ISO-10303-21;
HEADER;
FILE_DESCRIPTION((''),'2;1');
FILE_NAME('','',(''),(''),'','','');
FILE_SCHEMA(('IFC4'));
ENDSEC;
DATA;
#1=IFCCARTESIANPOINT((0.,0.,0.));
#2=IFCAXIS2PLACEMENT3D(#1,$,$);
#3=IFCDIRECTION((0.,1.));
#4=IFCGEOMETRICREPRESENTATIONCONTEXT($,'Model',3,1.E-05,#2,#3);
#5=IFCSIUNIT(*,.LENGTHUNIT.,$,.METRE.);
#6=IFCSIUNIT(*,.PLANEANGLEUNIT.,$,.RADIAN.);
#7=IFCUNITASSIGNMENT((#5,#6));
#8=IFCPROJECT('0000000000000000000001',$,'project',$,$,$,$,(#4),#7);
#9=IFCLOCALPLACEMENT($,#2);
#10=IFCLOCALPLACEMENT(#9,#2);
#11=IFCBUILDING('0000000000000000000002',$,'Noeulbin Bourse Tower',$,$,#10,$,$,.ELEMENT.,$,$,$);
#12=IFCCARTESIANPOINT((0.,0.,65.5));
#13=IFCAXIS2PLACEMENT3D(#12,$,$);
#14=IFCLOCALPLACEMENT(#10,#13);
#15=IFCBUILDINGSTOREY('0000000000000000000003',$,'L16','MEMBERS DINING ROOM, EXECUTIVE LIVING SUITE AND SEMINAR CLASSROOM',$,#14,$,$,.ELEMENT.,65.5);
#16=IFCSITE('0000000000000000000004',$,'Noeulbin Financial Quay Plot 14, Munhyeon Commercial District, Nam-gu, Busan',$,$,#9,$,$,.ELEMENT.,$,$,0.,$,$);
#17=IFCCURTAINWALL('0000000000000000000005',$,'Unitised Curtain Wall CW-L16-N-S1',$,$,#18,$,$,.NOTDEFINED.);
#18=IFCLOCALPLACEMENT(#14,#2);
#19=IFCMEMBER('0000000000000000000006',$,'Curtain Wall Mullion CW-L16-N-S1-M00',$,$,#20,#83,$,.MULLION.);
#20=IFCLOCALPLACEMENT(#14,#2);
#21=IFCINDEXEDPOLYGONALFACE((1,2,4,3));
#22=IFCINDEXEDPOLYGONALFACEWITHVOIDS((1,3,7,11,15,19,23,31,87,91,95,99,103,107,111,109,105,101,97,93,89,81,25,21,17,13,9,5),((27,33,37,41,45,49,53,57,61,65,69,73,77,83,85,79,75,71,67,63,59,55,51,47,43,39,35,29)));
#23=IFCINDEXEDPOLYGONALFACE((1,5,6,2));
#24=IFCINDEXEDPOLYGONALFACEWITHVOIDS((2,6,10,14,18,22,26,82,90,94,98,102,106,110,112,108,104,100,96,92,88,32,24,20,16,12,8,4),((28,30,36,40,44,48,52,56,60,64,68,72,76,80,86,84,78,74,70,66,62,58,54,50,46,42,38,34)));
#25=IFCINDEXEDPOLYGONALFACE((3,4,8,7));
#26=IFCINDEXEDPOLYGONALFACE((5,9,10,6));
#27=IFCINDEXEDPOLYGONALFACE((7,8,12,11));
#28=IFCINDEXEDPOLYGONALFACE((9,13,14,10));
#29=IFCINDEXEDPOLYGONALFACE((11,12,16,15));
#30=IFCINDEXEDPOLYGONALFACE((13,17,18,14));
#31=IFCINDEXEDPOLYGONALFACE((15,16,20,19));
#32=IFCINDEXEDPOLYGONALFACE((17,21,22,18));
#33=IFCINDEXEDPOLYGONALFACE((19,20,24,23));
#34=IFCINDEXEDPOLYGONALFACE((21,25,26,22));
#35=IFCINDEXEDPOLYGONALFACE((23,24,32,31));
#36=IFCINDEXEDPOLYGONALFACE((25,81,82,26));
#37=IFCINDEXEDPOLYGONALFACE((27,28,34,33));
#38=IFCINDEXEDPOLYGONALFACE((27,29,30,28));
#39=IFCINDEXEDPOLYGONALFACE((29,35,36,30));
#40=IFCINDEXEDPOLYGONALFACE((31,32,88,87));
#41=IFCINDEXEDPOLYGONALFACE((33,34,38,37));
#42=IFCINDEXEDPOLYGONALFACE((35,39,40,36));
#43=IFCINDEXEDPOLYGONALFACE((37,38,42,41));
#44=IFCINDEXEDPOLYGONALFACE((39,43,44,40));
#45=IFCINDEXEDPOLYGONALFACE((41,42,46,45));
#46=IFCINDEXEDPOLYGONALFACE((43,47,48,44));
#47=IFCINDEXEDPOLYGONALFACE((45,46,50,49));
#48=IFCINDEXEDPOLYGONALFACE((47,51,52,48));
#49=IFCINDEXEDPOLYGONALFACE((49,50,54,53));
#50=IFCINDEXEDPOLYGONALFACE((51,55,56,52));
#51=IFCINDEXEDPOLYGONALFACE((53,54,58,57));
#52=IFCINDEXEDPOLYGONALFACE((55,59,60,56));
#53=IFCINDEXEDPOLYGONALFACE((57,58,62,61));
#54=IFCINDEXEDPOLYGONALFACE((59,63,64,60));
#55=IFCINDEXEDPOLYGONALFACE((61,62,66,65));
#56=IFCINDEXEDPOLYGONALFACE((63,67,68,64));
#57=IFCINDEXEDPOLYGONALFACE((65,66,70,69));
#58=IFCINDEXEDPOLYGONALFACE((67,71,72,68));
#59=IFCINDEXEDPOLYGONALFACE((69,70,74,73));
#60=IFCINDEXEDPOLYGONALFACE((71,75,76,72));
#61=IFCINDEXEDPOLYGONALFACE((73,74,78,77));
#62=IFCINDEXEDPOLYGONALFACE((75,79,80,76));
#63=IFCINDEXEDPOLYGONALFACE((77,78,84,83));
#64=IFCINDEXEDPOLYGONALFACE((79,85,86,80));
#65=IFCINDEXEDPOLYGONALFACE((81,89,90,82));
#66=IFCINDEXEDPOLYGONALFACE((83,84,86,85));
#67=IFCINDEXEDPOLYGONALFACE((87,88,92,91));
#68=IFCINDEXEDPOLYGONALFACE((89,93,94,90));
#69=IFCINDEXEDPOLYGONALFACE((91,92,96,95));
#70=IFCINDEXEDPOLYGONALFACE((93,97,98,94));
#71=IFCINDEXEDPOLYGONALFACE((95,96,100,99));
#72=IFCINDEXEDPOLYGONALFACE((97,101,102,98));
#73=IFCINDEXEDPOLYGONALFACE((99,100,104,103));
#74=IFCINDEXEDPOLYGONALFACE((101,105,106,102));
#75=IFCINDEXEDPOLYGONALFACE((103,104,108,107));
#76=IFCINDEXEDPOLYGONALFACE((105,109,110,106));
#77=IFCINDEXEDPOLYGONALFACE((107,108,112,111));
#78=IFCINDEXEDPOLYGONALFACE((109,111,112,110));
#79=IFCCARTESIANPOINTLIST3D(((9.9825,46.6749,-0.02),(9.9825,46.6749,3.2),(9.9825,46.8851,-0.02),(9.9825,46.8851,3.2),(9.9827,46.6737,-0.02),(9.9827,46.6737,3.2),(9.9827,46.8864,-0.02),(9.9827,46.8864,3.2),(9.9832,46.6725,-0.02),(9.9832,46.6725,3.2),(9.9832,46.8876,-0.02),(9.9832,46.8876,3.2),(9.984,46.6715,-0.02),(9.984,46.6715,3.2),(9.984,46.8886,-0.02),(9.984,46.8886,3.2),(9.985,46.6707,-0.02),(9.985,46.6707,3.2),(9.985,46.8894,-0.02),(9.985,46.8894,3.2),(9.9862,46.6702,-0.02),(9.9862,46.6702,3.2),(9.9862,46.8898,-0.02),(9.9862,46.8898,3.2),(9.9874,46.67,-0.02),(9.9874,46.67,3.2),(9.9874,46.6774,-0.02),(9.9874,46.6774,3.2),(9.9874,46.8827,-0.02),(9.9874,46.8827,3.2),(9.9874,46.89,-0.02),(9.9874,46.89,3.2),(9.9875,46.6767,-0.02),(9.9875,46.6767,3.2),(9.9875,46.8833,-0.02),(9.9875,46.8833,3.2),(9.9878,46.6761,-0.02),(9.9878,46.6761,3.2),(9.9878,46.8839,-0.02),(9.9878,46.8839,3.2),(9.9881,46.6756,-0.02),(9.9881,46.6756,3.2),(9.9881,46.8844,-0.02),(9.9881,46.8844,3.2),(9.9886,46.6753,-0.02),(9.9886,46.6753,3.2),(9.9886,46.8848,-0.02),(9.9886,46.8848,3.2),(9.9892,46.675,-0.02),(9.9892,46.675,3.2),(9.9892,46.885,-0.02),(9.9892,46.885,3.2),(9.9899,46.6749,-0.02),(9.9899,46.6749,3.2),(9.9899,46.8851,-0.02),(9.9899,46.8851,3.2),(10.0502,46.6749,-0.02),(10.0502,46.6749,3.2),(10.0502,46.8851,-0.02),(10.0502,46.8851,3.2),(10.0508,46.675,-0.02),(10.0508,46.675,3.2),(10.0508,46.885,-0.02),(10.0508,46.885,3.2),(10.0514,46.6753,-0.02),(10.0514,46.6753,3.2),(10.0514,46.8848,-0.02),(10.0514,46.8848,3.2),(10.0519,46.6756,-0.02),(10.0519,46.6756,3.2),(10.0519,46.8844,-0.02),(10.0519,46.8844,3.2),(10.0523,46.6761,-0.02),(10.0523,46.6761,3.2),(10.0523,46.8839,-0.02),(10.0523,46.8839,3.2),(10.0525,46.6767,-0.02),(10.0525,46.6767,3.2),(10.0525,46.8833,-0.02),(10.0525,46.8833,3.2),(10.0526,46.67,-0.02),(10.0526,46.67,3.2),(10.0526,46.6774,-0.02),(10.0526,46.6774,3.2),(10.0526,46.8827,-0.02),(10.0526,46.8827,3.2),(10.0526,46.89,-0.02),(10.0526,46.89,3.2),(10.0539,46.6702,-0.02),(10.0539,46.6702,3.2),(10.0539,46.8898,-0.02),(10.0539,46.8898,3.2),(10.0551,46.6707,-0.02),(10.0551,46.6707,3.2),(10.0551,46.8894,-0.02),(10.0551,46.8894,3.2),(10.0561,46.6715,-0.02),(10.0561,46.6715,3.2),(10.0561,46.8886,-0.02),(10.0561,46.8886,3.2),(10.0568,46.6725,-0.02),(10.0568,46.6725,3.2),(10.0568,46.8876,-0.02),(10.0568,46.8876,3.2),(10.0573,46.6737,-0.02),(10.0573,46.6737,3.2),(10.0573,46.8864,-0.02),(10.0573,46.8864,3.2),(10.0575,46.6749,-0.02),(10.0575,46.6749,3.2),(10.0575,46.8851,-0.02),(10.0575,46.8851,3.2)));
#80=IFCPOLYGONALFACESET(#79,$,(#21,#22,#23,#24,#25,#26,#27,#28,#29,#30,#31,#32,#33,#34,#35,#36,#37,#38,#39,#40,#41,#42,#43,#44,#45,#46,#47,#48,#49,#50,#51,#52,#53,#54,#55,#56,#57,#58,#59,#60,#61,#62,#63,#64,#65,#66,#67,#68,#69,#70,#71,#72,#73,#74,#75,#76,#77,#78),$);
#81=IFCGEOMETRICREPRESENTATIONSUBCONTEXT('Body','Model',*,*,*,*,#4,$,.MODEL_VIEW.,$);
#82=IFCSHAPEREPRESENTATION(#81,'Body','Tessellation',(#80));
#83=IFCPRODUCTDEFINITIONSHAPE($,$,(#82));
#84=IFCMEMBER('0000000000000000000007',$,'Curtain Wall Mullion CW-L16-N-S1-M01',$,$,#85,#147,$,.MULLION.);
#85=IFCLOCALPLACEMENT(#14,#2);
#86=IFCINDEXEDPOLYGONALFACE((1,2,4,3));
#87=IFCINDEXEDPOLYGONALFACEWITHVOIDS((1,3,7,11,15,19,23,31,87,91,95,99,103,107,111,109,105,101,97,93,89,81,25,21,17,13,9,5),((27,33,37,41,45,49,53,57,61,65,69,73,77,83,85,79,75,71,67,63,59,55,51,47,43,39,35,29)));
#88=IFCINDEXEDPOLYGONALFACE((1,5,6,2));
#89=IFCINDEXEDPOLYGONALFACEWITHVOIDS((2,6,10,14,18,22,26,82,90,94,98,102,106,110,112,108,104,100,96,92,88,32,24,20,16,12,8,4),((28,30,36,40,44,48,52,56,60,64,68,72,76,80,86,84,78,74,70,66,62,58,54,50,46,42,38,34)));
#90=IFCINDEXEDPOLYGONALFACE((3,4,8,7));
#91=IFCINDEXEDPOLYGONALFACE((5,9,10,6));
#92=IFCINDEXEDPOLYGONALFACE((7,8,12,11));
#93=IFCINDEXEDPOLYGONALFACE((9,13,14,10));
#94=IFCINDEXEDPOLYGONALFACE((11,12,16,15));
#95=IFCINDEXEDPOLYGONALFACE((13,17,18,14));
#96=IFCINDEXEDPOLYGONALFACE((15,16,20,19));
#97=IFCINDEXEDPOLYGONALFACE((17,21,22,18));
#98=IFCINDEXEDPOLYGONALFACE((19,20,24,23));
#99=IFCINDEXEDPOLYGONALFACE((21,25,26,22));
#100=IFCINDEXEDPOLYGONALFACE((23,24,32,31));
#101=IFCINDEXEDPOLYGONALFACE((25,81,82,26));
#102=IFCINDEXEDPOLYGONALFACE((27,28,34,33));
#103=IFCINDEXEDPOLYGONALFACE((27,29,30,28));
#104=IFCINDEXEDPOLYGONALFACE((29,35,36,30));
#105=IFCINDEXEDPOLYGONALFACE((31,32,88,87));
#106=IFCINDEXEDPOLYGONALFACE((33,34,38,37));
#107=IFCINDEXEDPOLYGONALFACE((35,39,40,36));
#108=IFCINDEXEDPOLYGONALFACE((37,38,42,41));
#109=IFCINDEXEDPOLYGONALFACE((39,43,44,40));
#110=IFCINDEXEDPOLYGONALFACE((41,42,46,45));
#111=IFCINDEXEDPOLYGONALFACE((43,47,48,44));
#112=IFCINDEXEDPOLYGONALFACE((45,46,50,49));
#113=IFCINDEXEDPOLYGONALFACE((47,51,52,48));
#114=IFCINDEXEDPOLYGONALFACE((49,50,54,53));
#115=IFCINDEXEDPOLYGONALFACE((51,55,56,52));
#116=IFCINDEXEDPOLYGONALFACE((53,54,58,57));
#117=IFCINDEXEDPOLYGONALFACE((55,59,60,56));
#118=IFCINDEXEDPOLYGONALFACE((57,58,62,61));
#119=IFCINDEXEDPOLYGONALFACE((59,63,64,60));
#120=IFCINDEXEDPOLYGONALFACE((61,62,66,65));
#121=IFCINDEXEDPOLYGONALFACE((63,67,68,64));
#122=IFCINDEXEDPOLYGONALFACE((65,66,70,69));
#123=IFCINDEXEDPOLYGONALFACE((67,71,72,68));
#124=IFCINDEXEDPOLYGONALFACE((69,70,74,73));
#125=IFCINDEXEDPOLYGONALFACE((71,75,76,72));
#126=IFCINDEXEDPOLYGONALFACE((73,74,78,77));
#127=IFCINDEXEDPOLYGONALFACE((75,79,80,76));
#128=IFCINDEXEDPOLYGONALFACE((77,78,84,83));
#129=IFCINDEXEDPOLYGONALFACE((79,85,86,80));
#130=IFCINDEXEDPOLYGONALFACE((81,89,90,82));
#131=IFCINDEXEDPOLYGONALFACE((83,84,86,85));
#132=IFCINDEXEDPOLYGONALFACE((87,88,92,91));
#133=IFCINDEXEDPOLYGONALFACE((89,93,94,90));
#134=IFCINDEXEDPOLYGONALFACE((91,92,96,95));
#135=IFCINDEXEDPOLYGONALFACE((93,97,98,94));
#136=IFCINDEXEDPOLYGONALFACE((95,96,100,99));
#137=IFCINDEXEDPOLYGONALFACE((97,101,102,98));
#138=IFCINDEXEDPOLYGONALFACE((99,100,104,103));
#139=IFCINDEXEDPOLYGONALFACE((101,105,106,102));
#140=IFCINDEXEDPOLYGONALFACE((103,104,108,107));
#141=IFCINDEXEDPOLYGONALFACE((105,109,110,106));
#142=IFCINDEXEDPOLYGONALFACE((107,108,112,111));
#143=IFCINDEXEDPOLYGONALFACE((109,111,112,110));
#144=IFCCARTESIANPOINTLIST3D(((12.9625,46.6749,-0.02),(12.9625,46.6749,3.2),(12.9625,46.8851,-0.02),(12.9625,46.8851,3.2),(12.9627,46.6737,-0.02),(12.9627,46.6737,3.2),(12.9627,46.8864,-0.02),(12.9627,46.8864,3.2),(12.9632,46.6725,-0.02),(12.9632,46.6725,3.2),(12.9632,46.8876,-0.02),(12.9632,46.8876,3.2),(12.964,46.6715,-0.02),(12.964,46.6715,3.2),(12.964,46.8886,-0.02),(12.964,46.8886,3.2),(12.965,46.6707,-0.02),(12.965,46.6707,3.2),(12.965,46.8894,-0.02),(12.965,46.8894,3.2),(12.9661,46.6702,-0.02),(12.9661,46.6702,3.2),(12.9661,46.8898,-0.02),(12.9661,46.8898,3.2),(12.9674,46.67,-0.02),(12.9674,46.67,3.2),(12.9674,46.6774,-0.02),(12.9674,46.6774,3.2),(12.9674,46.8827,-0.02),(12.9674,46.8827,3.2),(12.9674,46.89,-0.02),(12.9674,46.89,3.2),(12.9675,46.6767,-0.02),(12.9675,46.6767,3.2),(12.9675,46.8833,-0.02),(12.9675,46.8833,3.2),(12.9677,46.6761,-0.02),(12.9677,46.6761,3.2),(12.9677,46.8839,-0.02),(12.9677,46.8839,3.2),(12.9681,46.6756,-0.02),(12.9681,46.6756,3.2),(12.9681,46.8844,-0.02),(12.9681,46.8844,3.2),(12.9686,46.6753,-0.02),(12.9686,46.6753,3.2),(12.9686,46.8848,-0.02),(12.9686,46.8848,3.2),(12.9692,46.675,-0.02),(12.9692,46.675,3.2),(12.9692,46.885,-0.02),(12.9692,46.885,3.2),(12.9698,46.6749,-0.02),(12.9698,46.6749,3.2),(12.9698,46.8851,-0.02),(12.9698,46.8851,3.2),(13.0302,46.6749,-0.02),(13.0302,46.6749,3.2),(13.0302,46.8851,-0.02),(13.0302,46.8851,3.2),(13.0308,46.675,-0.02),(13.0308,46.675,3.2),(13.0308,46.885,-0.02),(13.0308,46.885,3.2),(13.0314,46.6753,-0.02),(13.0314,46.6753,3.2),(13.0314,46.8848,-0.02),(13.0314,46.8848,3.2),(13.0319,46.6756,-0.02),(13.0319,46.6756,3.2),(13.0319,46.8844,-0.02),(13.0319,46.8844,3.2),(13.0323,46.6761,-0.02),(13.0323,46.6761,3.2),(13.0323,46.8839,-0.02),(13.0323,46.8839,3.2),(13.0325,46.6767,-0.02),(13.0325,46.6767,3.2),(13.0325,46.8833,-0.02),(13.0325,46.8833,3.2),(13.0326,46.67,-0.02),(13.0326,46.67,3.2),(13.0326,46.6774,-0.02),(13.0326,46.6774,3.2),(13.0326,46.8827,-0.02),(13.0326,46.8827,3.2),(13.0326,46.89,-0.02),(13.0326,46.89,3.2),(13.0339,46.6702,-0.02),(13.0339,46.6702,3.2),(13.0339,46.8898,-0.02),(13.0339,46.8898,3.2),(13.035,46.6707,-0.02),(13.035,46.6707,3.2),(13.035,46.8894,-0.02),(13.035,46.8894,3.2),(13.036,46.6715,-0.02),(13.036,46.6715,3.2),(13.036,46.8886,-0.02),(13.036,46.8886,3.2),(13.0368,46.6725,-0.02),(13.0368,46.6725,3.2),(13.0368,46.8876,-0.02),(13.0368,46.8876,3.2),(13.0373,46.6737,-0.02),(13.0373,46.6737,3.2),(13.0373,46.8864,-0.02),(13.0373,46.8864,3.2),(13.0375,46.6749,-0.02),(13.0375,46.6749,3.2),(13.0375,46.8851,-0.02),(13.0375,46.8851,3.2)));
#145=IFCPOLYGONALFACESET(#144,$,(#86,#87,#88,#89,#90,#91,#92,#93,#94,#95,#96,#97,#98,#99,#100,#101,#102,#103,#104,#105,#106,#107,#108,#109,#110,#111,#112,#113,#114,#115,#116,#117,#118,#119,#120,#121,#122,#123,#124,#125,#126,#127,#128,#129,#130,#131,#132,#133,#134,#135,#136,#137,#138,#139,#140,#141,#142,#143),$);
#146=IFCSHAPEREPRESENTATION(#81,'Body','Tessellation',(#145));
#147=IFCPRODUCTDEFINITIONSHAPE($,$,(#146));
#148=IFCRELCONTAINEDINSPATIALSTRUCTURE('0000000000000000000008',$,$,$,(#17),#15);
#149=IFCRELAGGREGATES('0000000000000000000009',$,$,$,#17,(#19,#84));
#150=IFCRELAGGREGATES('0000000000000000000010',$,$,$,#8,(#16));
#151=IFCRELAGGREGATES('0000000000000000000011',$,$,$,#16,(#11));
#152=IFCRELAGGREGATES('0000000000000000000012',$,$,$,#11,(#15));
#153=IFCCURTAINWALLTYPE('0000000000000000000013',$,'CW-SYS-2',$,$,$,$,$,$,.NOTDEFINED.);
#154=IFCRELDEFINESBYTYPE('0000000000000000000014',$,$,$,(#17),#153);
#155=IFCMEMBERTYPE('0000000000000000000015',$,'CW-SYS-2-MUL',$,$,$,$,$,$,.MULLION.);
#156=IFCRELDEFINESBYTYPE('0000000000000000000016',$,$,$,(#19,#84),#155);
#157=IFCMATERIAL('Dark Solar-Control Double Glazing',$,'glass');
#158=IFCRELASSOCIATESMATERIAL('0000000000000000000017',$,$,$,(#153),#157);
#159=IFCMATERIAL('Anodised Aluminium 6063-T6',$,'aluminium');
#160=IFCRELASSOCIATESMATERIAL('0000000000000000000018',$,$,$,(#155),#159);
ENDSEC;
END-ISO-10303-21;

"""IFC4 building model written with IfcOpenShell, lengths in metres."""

from ifc_helpers import new_model, si_unit, direction, frame, origin, origin_2d, place, context, subcontext, project, spatial, hollow_rectangle, extrude, material, material_profile, profile_set, type_object, element, aggregate, save


model = new_model("IFC4")

# Units and contexts
model_context = context("Model", 3, precision=1e-05, world=origin(), true_north=direction((0.0, 1.0)))
body_context = subcontext(model_context, "Body", "Model", "MODEL_VIEW")
ifc_project = project(units=[si_unit("LENGTHUNIT", "METRE"), si_unit("PLANEANGLEUNIT", "RADIAN")], contexts=[model_context])

# Site, building, storey
site_placement = place(None, origin())
site = spatial("IfcSite", under=ifc_project, at=site_placement, Name="Noeulbin Financial Quay Plot 14, Munhyeon Commercial District, Nam-gu, Busan", CompositionType="ELEMENT", RefElevation=0.0)
building_placement = place(site_placement, origin())
building = spatial("IfcBuilding", under=site, at=building_placement, Name="Noeulbin Bourse Tower", CompositionType="ELEMENT")
storey_placement = place(building_placement, frame((0.0, 0.0, 65.5)))
storey = spatial("IfcBuildingStorey", under=building, at=storey_placement, Name="L16", Description="MEMBERS DINING ROOM, EXECUTIVE LIVING SUITE AND SEMINAR CLASSROOM", CompositionType="ELEMENT", Elevation=65.5)

# Curtain wall, members
ifc_material_1 = material(Name="Dark Solar-Control Double Glazing", Category="glass")
curtain_wall_type = type_object("IfcCurtainWallType", Name="CW-SYS-2", PredefinedType="NOTDEFINED", material=ifc_material_1)
curtain_wall_1_placement = place(storey_placement, origin())
curtain_wall_1 = element("IfcCurtainWall", 1, at=curtain_wall_1_placement, inside=storey, type_object=curtain_wall_type, Name="Unitised Curtain Wall CW-L16-N-S1", PredefinedType="NOTDEFINED")
ifc_material_2 = material(Name="Anodised Aluminium 6063-T6", Category="aluminium")
ifc_material_profile_1 = material_profile(ifc_material_2, hollow_rectangle(XDim=0.075, YDim=0.22, WallThickness=0.0049, InnerFilletRadius=0.0024, OuterFilletRadius=0.0049, at=origin_2d()), Name="ALU-MULL-75x220x5", Category="LoadBearing")
ifc_profile_set_1 = profile_set([ifc_material_profile_1], Name="Anodised Aluminium 6063-T6")
member_type_1 = type_object("IfcMemberType", Name="CW-SYS-2-MUL", PredefinedType="MULLION", material=ifc_profile_set_1)
member_1_placement = place(storey_placement, frame((10.02, 46.78, -0.02), z_axis=(0.0, 0.0, 1.0), x_axis=(1.0, 0.0, 0.0)))
member_1 = element("IfcMember", 2, at=member_1_placement, type_object=member_type_1, Name="Curtain Wall Mullion CW-L16-N-S1-M00", PredefinedType="MULLION", context=body_context, shape_type="SweptSolid", body=[
    extrude(hollow_rectangle(XDim=0.075, YDim=0.22, WallThickness=0.0049, InnerFilletRadius=0.0024, OuterFilletRadius=0.0049, at=origin_2d()), origin(), (0.0, 0.0, 1.0), 3.22),
])
member_2_placement = place(storey_placement, frame((13.0, 46.78, -0.02), z_axis=(0.0, 0.0, 1.0), x_axis=(1.0, 0.0, 0.0)))
member_2 = element("IfcMember", 3, at=member_2_placement, type_object=member_type_1, Name="Curtain Wall Mullion CW-L16-N-S1-M01", PredefinedType="MULLION", context=body_context, shape_type="SweptSolid", body=[
    extrude(hollow_rectangle(XDim=0.075, YDim=0.22, WallThickness=0.0049, InnerFilletRadius=0.0024, OuterFilletRadius=0.0049, at=origin_2d()), origin(), (0.0, 0.0, 1.0), 3.22),
])

aggregate(curtain_wall_1, [member_1, member_2])

save(model, "model.ifc")
